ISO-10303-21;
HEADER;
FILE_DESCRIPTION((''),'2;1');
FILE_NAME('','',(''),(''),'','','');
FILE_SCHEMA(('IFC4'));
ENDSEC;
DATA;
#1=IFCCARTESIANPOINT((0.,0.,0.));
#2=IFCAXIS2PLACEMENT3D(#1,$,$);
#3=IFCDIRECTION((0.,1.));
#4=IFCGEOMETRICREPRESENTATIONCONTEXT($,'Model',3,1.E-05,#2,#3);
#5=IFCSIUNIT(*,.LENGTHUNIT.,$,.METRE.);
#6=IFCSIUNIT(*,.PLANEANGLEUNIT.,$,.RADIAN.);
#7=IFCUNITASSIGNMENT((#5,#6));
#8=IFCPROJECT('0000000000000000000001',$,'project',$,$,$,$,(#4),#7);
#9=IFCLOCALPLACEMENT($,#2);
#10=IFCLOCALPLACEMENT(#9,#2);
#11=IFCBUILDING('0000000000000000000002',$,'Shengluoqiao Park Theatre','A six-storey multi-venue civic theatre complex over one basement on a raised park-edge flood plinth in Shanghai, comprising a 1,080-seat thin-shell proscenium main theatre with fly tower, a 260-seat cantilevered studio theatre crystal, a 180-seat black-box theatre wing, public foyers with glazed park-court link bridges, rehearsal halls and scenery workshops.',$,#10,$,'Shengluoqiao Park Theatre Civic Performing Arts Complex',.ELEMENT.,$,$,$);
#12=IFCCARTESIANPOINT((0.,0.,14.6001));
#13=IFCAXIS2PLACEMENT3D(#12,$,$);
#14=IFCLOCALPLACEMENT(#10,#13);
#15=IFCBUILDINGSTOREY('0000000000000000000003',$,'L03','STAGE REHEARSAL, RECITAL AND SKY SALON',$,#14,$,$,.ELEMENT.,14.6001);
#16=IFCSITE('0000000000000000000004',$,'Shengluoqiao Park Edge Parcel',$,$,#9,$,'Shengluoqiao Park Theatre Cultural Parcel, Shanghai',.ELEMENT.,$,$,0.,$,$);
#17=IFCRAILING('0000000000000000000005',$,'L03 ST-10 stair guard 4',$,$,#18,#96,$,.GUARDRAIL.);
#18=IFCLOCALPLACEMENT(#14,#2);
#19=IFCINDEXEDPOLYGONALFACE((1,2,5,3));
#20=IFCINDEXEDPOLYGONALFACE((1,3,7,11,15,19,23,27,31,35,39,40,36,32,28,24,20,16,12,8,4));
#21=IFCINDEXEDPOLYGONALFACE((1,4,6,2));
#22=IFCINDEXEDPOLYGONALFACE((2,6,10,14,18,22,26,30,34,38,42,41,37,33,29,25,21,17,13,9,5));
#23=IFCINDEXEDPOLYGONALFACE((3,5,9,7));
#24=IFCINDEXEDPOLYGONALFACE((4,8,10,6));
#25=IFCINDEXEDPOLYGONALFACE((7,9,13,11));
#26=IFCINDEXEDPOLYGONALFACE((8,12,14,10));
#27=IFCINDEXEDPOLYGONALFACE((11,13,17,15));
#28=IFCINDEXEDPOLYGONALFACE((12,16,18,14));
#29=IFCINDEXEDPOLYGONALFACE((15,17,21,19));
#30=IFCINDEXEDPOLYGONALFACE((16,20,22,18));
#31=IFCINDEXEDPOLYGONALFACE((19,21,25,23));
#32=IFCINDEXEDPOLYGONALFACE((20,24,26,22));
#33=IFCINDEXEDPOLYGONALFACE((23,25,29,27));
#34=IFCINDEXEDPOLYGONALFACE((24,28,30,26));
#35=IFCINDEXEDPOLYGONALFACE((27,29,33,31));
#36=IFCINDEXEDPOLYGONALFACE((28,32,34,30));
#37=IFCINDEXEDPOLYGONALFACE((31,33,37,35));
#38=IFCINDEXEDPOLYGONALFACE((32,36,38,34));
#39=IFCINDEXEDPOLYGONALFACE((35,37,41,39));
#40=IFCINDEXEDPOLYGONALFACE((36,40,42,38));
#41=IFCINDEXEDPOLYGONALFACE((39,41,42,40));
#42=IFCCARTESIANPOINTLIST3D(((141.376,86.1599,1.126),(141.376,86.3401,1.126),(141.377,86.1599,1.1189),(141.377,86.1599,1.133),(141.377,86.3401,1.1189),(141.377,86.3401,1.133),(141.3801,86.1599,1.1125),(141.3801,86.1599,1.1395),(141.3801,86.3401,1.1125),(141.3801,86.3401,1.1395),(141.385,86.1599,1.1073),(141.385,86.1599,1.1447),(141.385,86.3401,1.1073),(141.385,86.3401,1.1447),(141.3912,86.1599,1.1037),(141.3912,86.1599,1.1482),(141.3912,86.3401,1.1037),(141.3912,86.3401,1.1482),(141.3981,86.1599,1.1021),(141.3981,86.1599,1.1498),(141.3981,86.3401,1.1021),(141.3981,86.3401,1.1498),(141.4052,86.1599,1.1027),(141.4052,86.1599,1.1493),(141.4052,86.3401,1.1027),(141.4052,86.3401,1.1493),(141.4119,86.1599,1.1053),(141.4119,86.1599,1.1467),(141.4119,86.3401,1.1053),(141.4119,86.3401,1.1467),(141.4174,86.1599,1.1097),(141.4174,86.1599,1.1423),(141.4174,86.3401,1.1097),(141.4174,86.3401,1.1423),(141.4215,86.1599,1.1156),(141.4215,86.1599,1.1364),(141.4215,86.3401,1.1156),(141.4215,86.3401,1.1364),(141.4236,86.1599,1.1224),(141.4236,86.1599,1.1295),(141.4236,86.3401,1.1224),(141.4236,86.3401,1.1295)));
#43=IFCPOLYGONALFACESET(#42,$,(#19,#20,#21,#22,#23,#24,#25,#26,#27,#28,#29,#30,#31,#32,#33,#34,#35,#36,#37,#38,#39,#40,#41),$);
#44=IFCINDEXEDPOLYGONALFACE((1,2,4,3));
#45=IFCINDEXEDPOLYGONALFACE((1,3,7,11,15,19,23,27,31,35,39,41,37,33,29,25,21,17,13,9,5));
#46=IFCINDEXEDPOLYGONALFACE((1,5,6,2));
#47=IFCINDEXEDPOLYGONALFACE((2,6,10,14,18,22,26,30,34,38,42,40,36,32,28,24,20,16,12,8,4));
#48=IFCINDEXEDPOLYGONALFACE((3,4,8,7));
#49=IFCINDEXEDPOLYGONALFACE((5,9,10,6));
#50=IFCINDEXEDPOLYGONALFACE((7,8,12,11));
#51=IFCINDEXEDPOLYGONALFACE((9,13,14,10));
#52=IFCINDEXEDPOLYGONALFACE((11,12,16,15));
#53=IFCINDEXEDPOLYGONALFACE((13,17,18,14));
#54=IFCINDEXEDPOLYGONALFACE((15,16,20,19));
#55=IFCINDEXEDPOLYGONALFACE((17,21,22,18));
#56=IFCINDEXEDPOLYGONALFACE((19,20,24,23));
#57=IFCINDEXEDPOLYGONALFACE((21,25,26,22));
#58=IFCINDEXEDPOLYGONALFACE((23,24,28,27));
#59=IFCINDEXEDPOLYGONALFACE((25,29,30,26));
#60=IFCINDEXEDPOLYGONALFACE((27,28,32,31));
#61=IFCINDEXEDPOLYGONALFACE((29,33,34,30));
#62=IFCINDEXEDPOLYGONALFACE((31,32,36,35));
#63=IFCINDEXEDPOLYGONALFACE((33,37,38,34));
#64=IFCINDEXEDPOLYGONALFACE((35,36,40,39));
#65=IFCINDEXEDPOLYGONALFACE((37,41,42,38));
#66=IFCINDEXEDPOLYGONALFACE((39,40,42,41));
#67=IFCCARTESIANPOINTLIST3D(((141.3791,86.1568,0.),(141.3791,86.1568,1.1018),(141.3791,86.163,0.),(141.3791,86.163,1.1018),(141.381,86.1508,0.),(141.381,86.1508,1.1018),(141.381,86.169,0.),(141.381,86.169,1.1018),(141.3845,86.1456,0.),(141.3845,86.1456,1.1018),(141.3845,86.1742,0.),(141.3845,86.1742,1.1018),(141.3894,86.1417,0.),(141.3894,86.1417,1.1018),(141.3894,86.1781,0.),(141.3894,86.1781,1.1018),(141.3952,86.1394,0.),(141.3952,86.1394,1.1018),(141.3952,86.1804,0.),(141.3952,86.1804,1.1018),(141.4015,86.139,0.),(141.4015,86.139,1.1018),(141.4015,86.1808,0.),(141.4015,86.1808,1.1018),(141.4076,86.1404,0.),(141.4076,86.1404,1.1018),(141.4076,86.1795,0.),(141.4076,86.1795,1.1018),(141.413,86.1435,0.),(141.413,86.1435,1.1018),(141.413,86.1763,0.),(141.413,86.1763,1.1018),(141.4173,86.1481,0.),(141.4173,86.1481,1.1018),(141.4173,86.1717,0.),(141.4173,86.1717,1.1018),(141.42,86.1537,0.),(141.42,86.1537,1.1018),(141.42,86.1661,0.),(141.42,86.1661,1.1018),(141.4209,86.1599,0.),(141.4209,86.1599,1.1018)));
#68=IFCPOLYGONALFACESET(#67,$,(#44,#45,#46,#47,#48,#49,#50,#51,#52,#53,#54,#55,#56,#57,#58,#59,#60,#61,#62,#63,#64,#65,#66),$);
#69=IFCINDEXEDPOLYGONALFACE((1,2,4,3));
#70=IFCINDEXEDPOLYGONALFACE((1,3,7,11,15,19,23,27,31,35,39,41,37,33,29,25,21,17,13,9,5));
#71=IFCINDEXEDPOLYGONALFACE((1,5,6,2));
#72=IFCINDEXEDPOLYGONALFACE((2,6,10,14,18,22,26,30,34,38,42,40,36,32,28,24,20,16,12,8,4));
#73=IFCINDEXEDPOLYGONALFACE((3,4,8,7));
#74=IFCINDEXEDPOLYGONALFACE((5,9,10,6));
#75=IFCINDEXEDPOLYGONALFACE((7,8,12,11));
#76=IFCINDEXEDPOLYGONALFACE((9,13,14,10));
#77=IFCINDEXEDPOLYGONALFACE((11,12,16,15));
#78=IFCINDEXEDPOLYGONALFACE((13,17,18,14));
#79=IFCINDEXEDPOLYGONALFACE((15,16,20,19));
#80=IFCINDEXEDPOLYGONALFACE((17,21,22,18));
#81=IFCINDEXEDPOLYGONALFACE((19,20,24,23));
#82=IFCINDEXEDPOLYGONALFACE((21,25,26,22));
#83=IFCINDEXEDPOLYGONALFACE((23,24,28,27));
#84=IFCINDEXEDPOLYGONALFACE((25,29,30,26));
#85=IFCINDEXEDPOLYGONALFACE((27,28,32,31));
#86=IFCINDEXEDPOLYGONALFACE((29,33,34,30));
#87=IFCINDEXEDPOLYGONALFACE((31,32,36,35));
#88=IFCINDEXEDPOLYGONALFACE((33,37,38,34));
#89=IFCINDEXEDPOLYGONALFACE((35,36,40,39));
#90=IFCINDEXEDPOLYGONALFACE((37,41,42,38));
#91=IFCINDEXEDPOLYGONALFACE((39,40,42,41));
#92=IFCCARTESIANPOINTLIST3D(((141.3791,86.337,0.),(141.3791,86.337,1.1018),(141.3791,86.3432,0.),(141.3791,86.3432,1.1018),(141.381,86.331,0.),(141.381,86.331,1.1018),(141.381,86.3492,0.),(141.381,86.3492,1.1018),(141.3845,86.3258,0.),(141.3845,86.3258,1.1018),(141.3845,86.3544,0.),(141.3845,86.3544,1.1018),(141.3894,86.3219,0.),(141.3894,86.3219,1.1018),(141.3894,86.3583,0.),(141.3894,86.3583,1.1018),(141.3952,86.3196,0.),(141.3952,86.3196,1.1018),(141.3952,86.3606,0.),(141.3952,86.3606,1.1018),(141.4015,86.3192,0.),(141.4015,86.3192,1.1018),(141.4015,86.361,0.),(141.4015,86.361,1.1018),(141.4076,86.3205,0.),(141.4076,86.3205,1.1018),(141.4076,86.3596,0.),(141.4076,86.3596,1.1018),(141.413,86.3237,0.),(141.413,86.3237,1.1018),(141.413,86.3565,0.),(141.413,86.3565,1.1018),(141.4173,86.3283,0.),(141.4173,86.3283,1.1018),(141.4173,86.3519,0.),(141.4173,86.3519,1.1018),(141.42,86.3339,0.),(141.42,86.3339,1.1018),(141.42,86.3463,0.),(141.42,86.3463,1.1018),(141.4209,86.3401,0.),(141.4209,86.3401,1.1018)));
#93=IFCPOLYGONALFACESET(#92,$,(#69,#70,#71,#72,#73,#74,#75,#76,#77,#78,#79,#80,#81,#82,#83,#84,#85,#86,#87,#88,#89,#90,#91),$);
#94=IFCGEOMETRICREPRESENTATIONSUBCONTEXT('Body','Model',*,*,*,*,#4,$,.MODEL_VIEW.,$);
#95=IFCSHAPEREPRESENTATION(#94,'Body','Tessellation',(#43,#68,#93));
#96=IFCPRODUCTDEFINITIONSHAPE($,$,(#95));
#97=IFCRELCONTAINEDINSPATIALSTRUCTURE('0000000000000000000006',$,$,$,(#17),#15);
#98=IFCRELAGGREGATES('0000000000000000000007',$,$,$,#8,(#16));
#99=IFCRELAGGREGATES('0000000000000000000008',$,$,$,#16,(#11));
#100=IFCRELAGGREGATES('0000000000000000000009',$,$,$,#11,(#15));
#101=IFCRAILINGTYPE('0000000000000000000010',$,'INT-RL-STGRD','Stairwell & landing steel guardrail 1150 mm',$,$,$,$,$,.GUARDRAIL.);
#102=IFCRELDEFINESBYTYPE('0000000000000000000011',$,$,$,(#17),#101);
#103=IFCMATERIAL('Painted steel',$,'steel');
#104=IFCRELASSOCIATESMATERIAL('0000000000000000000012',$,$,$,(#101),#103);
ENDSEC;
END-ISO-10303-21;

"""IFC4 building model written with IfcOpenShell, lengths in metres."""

from ifc_helpers import new_model, si_unit, direction, frame, origin, origin_2d, place, context, subcontext, project, spatial, circle, extrude, material, type_object, element, save


model = new_model("IFC4")

# Units and contexts
model_context = context("Model", 3, precision=1e-05, world=origin(), true_north=direction((0.0, 1.0)))
body_context = subcontext(model_context, "Body", "Model", "MODEL_VIEW")
ifc_project = project(units=[si_unit("LENGTHUNIT", "METRE"), si_unit("PLANEANGLEUNIT", "RADIAN")], contexts=[model_context])

# Site, building, storey
site_placement = place(None, origin())
site = spatial("IfcSite", under=ifc_project, at=site_placement, Name="Shengluoqiao Park Edge Parcel", LongName="Shengluoqiao Park Theatre Cultural Parcel, Shanghai", CompositionType="ELEMENT", RefElevation=0.0)
building_placement = place(site_placement, origin())
building = spatial("IfcBuilding", under=site, at=building_placement, Name="Shengluoqiao Park Theatre", Description="A six-storey multi-venue civic theatre complex over one basement on a raised park-edge flood plinth in Shanghai, comprising a 1,080-seat thin-shell proscenium main theatre with fly tower, a 260-seat cantilevered studio theatre crystal, a 180-seat black-box theatre wing, public foyers with glazed park-court link bridges, rehearsal halls and scenery workshops.", LongName="Shengluoqiao Park Theatre Civic Performing Arts Complex", CompositionType="ELEMENT")
storey_placement = place(building_placement, frame((0.0, 0.0, 14.6001)))
storey = spatial("IfcBuildingStorey", under=building, at=storey_placement, Name="L03", Description="STAGE REHEARSAL, RECITAL AND SKY SALON", CompositionType="ELEMENT", Elevation=14.6001)

# Railing
ifc_material_1 = material(Name="Painted steel", Category="steel")
railing_type_1 = type_object("IfcRailingType", Name="INT-RL-STGRD", Description="Stairwell & landing steel guardrail 1150 mm", PredefinedType="GUARDRAIL", material=ifc_material_1)
railing_1_placement = place(storey_placement, frame((141.3999, 86.1599, 0.0)))
element("IfcRailing", 1, at=railing_1_placement, inside=storey, type_object=railing_type_1, Name="L03 ST-10 stair guard 4", PredefinedType="GUARDRAIL", context=body_context, shape_type="SweptSolid", body=[
    extrude(circle(Radius=0.0239, at=origin_2d()), frame((0.0, 0.0, 1.126), z_axis=(0.0, 1.0, 0.0), x_axis=(-1.0, 0.0, 0.0)), (0.0, 0.0, 1.0), 0.1802),
    extrude(circle(Radius=0.021, at=origin_2d()), origin(), (0.0, 0.0, 1.0), 1.1018),
    extrude(circle(Radius=0.021, at=origin_2d()), frame((0.0, 0.1802, 0.0)), (0.0, 0.0, 1.0), 1.1018),
])

save(model, "model.ifc")
